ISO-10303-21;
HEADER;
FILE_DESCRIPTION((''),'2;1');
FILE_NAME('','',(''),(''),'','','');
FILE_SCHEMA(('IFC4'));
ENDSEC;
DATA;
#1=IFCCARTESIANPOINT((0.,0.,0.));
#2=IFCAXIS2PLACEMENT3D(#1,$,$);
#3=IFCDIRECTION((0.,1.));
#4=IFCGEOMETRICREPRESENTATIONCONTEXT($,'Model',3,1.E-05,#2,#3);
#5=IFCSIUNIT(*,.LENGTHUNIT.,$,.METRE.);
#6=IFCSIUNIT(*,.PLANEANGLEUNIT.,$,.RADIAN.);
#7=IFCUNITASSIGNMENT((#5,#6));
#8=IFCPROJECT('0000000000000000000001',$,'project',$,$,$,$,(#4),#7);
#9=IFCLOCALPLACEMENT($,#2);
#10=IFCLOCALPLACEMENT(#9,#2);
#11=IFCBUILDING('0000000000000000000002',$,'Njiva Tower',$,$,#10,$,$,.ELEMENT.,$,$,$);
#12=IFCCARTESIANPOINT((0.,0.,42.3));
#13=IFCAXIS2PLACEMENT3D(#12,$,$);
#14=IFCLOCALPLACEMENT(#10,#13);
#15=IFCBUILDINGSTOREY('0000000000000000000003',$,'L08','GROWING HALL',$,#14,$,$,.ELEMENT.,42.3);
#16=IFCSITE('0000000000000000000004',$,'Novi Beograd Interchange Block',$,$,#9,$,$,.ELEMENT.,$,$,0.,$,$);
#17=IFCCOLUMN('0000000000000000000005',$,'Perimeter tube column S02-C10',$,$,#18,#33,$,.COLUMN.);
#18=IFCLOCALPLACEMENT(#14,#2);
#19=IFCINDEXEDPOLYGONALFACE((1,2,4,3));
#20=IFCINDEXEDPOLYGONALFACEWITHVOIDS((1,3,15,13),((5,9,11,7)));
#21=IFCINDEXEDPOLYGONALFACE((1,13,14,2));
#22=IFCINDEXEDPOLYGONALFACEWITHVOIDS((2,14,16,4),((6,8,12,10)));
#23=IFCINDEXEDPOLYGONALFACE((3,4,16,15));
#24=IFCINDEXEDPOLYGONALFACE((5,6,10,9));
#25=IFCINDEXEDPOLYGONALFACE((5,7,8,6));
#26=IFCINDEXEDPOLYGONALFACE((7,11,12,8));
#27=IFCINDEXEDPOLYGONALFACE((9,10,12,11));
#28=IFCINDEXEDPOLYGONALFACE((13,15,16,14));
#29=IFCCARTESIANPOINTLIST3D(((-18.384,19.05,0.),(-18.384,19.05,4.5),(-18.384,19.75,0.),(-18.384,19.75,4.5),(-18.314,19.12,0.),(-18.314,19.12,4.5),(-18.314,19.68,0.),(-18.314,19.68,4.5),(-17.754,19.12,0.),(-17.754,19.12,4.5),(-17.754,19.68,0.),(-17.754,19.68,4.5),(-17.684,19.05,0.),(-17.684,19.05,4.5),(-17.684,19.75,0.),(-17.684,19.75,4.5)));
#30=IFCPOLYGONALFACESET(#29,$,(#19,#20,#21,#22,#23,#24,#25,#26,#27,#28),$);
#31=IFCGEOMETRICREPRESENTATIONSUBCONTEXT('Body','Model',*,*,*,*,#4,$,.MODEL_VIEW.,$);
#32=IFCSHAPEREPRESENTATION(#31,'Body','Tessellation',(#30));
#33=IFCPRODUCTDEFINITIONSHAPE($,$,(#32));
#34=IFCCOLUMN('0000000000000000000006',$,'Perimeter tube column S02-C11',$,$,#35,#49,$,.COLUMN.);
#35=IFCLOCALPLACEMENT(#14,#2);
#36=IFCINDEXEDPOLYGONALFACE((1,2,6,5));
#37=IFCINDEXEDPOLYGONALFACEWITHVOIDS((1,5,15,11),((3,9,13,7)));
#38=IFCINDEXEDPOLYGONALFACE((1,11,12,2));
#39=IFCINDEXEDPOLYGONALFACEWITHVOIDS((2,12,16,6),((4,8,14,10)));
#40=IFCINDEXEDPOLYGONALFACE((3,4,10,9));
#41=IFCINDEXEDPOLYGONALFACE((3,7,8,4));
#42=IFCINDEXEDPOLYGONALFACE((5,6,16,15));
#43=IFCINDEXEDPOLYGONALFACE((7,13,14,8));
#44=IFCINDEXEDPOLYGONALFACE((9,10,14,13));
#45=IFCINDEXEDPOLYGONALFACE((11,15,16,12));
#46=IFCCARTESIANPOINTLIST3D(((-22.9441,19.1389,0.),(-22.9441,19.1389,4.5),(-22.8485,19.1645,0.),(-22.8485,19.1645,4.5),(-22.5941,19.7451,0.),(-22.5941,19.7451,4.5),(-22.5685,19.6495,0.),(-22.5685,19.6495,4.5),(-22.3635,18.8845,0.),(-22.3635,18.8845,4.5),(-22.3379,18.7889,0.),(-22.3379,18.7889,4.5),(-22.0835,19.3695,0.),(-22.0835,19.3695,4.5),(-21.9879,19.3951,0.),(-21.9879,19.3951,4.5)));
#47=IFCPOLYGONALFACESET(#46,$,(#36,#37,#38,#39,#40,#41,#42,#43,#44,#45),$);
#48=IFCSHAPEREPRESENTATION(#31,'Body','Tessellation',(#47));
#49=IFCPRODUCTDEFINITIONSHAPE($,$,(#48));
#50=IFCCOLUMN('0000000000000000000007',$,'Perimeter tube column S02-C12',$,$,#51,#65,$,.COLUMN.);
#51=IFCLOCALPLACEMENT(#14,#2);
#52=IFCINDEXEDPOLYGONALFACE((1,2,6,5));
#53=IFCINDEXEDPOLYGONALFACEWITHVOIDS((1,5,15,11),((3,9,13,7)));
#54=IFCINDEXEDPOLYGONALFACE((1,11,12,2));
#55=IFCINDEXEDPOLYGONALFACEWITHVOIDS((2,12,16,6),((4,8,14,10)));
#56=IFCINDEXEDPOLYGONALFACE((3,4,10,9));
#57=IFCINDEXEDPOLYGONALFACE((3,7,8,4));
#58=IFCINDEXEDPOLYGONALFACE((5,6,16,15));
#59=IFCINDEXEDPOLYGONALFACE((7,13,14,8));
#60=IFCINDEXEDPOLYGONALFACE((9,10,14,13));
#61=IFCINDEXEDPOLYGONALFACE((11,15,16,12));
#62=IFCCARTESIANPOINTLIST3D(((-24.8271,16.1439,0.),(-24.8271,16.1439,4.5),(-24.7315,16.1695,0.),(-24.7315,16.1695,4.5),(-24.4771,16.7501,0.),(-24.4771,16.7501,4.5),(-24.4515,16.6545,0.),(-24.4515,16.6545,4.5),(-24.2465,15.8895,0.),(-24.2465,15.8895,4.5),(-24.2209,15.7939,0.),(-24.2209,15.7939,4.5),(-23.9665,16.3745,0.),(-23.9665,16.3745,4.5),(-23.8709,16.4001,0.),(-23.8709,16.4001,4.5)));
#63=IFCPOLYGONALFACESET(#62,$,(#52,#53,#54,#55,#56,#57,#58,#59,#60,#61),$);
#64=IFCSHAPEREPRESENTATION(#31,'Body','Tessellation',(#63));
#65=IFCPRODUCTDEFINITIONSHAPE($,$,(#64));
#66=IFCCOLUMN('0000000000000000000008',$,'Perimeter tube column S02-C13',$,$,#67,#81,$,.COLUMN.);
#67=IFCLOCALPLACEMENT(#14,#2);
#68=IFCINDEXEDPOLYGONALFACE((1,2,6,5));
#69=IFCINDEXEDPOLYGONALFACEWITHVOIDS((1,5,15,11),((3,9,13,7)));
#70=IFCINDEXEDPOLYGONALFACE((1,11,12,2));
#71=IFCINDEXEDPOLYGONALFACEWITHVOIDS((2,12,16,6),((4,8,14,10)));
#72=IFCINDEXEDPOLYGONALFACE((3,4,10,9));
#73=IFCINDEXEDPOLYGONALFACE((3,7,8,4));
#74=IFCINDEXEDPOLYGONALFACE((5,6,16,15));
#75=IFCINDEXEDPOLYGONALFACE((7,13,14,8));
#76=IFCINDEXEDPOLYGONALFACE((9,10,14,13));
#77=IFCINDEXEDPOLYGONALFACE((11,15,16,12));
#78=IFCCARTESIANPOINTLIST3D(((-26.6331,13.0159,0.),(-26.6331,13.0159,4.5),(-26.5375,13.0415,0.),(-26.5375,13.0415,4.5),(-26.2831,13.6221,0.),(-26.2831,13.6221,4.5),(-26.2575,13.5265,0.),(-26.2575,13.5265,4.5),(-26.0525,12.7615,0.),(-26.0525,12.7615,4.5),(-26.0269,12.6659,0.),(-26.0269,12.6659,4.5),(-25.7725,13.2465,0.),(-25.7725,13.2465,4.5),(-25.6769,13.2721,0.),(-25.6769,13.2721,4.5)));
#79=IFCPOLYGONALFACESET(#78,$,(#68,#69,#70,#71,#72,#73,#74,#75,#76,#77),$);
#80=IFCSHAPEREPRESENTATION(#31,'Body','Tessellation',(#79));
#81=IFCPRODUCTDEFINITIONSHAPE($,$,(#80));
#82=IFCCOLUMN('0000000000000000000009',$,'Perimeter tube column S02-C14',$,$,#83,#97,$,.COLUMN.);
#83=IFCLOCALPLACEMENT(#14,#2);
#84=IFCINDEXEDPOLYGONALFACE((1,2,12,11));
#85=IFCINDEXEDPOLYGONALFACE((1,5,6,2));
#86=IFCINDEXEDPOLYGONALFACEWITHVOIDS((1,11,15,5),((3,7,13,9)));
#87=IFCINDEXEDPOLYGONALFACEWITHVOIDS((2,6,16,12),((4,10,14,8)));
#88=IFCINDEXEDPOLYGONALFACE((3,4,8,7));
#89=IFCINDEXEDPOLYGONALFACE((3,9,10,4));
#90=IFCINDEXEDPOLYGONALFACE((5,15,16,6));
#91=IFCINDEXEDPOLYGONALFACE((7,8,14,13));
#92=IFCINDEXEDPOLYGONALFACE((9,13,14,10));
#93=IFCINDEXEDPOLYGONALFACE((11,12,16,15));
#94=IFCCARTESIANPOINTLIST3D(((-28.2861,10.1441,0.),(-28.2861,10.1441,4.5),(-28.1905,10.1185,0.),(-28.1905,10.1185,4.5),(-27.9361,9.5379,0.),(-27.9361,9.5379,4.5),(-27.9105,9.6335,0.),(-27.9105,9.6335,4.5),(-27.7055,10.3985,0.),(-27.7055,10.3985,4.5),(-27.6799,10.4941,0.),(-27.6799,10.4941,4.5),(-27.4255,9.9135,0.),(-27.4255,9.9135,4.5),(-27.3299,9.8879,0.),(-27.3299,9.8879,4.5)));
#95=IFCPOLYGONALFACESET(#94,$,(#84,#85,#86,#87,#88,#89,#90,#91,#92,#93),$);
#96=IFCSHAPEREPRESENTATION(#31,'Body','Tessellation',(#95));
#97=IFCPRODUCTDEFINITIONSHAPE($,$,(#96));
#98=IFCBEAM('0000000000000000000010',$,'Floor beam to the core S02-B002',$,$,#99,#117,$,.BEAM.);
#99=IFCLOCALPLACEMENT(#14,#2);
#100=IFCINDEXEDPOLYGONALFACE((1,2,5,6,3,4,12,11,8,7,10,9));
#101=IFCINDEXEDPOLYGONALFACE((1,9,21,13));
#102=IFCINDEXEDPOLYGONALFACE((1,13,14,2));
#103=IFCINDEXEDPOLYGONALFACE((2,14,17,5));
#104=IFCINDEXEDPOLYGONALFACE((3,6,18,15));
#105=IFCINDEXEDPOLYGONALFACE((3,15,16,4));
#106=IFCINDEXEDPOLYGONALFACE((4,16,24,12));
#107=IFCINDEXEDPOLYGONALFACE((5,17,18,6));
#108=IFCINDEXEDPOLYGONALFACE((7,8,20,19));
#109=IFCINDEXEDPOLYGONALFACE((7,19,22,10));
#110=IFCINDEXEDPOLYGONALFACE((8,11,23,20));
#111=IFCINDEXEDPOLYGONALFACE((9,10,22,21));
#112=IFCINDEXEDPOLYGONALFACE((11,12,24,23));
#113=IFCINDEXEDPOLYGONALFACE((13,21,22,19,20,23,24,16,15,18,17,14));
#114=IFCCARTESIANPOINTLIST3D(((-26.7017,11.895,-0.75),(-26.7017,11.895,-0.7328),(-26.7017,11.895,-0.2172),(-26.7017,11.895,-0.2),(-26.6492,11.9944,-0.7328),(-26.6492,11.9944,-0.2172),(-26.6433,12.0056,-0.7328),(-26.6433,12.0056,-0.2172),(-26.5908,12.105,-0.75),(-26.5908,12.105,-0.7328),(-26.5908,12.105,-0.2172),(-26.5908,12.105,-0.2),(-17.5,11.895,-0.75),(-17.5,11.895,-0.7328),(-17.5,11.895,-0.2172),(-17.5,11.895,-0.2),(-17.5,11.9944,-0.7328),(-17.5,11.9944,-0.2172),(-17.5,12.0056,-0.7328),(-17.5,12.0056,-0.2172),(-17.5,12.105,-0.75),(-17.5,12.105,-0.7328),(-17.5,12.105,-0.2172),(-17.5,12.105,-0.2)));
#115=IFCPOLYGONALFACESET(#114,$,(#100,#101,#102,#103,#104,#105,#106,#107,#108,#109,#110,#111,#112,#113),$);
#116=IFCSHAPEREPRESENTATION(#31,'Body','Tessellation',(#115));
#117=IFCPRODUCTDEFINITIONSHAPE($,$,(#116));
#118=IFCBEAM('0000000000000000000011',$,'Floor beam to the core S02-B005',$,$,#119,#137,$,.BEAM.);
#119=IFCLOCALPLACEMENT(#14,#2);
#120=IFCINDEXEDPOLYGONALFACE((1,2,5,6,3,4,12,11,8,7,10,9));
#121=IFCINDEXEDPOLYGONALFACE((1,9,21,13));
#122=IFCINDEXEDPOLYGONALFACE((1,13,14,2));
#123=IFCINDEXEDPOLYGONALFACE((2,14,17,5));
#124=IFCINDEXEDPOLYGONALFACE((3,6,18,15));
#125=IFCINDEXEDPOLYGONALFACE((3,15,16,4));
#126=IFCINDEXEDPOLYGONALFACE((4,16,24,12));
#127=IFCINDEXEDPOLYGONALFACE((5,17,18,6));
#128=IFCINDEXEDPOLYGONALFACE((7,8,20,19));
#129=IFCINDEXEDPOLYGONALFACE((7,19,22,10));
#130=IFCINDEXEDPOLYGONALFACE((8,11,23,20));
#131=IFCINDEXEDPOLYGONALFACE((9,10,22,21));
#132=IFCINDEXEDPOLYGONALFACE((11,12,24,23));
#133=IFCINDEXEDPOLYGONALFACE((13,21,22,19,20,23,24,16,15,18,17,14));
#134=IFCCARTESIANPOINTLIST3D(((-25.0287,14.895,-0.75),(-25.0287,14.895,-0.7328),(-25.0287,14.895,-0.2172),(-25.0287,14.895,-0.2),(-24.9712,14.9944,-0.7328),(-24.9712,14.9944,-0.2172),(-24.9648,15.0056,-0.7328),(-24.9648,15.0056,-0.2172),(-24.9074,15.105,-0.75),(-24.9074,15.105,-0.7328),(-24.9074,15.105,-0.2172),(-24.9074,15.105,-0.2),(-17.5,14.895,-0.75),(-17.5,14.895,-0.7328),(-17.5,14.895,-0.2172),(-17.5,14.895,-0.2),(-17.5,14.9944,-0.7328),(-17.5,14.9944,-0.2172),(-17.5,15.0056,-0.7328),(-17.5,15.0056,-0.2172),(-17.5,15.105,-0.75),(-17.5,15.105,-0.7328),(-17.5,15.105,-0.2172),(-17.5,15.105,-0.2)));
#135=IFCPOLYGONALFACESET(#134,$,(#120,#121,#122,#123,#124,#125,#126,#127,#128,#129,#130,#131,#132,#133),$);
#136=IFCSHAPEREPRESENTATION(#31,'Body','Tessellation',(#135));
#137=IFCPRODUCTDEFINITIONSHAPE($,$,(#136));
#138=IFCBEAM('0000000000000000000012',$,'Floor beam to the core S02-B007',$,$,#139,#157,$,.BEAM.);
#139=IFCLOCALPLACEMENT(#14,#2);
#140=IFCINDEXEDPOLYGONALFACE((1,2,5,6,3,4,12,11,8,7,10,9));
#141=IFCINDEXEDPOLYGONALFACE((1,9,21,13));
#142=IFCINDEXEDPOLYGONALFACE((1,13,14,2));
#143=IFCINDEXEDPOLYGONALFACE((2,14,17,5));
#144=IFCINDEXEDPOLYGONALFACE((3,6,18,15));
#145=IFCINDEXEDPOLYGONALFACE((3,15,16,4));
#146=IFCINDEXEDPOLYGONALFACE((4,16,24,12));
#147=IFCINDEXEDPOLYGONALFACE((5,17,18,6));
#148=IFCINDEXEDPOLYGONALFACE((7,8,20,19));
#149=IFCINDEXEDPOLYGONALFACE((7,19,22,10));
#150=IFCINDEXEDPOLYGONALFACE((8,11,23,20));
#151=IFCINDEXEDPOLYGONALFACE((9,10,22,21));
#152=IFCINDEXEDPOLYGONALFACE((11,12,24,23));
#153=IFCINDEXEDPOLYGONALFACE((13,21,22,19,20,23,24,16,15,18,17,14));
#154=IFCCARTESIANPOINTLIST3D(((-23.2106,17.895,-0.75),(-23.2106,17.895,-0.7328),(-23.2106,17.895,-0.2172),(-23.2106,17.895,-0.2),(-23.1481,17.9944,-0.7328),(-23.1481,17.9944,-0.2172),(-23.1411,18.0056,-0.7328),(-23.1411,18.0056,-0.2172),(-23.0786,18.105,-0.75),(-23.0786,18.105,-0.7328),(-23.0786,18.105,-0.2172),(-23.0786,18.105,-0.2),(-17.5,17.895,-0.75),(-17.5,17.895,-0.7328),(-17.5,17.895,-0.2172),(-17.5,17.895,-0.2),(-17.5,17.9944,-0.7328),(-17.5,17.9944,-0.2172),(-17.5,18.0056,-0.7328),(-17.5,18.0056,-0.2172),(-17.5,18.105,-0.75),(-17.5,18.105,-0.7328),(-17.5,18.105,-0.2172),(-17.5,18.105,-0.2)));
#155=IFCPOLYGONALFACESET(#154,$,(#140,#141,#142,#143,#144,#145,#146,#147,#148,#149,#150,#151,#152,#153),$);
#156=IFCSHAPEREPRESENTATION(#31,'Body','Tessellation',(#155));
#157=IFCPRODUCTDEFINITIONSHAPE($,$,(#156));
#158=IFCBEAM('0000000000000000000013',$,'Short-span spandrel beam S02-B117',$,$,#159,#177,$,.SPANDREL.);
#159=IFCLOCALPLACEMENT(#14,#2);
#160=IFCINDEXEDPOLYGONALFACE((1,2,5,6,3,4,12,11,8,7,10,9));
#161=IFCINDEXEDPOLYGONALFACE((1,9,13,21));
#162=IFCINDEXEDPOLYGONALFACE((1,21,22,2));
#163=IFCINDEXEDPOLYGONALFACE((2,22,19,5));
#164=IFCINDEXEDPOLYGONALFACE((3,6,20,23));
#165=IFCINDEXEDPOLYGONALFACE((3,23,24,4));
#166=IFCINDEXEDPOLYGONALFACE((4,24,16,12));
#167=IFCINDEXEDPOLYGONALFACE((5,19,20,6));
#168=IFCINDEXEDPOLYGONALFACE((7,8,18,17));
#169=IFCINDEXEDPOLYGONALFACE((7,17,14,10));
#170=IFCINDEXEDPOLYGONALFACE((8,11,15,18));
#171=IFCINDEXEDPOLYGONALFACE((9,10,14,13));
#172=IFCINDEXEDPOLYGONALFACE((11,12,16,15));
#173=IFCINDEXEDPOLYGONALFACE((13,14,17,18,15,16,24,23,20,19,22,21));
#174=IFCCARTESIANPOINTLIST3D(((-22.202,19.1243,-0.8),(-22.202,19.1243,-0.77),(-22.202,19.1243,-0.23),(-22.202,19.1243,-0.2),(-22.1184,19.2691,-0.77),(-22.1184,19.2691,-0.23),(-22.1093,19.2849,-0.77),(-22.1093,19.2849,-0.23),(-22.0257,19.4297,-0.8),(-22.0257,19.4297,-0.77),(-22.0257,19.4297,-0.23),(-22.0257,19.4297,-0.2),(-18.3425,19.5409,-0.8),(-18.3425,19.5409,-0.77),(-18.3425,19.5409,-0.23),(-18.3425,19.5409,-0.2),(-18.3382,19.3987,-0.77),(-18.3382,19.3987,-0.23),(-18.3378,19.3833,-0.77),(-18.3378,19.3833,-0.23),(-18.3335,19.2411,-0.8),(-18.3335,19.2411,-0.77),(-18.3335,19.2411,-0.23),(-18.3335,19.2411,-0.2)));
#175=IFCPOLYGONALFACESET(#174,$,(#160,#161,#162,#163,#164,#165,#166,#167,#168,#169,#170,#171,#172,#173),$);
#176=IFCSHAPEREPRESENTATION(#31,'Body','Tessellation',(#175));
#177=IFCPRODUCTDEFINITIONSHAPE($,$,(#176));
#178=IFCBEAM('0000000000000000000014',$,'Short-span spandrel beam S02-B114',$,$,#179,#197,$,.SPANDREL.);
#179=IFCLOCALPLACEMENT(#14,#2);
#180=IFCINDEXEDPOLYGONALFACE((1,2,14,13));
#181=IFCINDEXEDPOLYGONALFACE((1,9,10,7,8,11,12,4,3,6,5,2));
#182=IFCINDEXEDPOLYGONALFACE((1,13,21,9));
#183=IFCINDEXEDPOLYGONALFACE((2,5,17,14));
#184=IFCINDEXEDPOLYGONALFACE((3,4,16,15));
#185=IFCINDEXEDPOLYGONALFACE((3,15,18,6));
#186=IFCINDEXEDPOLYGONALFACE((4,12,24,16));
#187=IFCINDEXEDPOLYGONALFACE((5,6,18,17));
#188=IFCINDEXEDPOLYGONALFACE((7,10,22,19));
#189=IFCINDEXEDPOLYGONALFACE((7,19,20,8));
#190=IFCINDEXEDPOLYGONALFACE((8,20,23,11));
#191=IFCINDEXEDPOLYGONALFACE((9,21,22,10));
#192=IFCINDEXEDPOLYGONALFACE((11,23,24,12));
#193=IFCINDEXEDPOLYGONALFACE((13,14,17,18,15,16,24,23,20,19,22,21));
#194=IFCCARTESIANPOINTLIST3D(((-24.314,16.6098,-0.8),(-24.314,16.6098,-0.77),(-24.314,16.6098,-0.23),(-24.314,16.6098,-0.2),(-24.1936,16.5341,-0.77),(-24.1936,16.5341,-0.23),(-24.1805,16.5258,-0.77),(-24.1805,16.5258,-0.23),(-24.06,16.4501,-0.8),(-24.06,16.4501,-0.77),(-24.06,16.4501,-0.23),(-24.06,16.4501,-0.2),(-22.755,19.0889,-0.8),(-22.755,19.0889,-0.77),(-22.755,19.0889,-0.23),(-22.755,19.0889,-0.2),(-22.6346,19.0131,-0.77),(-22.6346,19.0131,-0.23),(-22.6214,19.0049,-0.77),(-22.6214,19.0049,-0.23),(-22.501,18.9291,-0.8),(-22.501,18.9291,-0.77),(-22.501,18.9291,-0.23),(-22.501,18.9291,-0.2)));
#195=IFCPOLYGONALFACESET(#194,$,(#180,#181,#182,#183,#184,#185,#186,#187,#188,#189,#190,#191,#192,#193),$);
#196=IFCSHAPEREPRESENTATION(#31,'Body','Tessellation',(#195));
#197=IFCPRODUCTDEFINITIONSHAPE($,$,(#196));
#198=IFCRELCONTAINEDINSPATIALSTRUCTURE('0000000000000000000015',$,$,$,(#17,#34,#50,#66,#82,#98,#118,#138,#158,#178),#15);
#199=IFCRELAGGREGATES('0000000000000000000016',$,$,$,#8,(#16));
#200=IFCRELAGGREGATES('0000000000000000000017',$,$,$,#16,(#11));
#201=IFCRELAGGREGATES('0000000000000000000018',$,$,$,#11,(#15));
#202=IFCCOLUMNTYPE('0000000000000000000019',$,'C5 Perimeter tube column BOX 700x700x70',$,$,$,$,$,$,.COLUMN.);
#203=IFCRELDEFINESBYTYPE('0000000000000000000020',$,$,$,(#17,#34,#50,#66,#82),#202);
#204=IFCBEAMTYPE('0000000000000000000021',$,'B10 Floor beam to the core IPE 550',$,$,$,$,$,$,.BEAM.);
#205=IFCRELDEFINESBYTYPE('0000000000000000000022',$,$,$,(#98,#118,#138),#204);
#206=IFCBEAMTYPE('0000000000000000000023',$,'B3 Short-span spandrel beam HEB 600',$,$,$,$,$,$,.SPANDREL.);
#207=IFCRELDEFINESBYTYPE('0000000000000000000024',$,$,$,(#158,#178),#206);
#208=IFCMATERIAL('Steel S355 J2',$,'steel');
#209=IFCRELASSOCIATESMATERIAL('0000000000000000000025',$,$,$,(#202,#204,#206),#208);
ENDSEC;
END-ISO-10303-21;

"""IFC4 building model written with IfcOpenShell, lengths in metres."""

from ifc_helpers import new_model, si_unit, direction, frame, origin, origin_2d, place, context, subcontext, project, spatial, hollow_rectangle, i_section, extrude, clip, halfspace, material, material_profile, profile_set, type_object, element, save


model = new_model("IFC4")

# Units and contexts
model_context = context("Model", 3, precision=1e-05, world=origin(), true_north=direction((0.0, 1.0)))
body_context = subcontext(model_context, "Body", "Model", "MODEL_VIEW")
ifc_project = project(units=[si_unit("LENGTHUNIT", "METRE"), si_unit("PLANEANGLEUNIT", "RADIAN")], contexts=[model_context])

# Site, building, storey
site_placement = place(None, origin())
site = spatial("IfcSite", under=ifc_project, at=site_placement, Name="Novi Beograd Interchange Block", CompositionType="ELEMENT", RefElevation=0.0)
building_placement = place(site_placement, origin())
building = spatial("IfcBuilding", under=site, at=building_placement, Name="Njiva Tower", CompositionType="ELEMENT")
storey_placement = place(building_placement, frame((0.0, 0.0, 42.3)))
storey = spatial("IfcBuildingStorey", under=building, at=storey_placement, Name="L08", Description="GROWING HALL", CompositionType="ELEMENT", Elevation=42.3)

# Columns
ifc_material_1 = material(Name="Steel S355 J2", Category="steel")
ifc_material_profile_1 = material_profile(ifc_material_1, hollow_rectangle(XDim=0.7, YDim=0.7, WallThickness=0.07, at=origin_2d()), Name="BOX 700x700x70")
ifc_profile_set_1 = profile_set([ifc_material_profile_1], Name="Steel S355 J2")
column_type = type_object("IfcColumnType", Name="C5 Perimeter tube column BOX 700x700x70", PredefinedType="COLUMN", material=ifc_profile_set_1)
for number, where, z_axis, x_axis, name in (
    (1, (-18.034, 19.4, 0.0), (0.0, 0.0, 1.0), (-1.0, 0.0, 0.0), "Perimeter tube column S02-C10"),
    (2, (-22.466, 19.267, 0.0), (0.0, 0.0, 1.0), (-0.5, -0.866025, 0.0), "Perimeter tube column S02-C11"),
    (3, (-24.349, 16.272, 0.0), (0.0, 0.0, 1.0), (-0.5, -0.866025, 0.0), "Perimeter tube column S02-C12"),
    (4, (-26.155, 13.144, 0.0), (0.0, 0.0, 1.0), (-0.5, -0.866025, 0.0), "Perimeter tube column S02-C13"),
    (5, (-27.808, 10.016, 0.0), (0.0, 0.0, 1.0), (0.5, -0.866025, 0.0), "Perimeter tube column S02-C14"),
):
    element("IfcColumn", number, at=place(storey_placement, frame(where, z_axis=z_axis, x_axis=x_axis)), inside=storey, type_object=column_type, Name=name, PredefinedType="COLUMN", context=body_context, shape_type="SweptSolid", body=[
        extrude(hollow_rectangle(XDim=0.7, YDim=0.7, WallThickness=0.07, at=origin_2d()), origin(), (0.0, 0.0, 1.0), 4.5),
    ])

# Beams
ifc_material_profile_2 = material_profile(ifc_material_1, i_section(OverallWidth=0.21, OverallDepth=0.55, WebThickness=0.0111, FlangeThickness=0.0172, at=origin_2d()), Name="IPE 550")
ifc_profile_set_2 = profile_set([ifc_material_profile_2], Name="Steel S355 J2")
beam_type_1 = type_object("IfcBeamType", Name="B10 Floor beam to the core IPE 550", PredefinedType="BEAM", material=ifc_profile_set_2)
beam_1_placement = place(storey_placement, frame((-26.721, 12.0, -0.475), z_axis=(1.0, 0.0, 0.0), x_axis=(0.0, 1.0, 0.0)))
element("IfcBeam", 6, at=beam_1_placement, inside=storey, type_object=beam_type_1, Name="Floor beam to the core S02-B002", PredefinedType="BEAM", context=body_context, shape_type="Clipping", body=[
    clip(extrude(i_section(OverallWidth=0.21, OverallDepth=0.55, WebThickness=0.0111, FlangeThickness=0.0172, at=origin_2d()), origin(), (0.0, 0.0, 1.0), 9.221), halfspace(frame((0.0234, 0.0, 0.0871), z_axis=(0.467062, 0.0, -0.884224), x_axis=(0.0, -1.0, 0.0)), False)),
])
beam_2_placement = place(storey_placement, frame((-25.049, 15.0, -0.475), z_axis=(1.0, 0.0, 0.0), x_axis=(0.0, 1.0, 0.0)))
element("IfcBeam", 7, at=beam_2_placement, inside=storey, type_object=beam_type_1, Name="Floor beam to the core S02-B005", PredefinedType="BEAM", context=body_context, shape_type="Clipping", body=[
    clip(extrude(i_section(OverallWidth=0.21, OverallDepth=0.55, WebThickness=0.0111, FlangeThickness=0.0172, at=origin_2d()), origin(), (0.0, 0.0, 1.0), 7.549), halfspace(frame((0.025, 0.0, 0.0954), z_axis=(0.499998, 0.0, -0.866027), x_axis=(0.0, -1.0, 0.0)), False)),
])
beam_3_placement = place(storey_placement, frame((-23.231, 18.0, -0.475), z_axis=(1.0, 0.0, 0.0), x_axis=(0.0, 1.0, 0.0)))
element("IfcBeam", 8, at=beam_3_placement, inside=storey, type_object=beam_type_1, Name="Floor beam to the core S02-B007", PredefinedType="BEAM", context=body_context, shape_type="Clipping", body=[
    clip(extrude(i_section(OverallWidth=0.21, OverallDepth=0.55, WebThickness=0.0111, FlangeThickness=0.0172, at=origin_2d()), origin(), (0.0, 0.0, 1.0), 5.731), halfspace(frame((0.0266, 0.0, 0.1031), z_axis=(0.53223, 0.0, -0.8466), x_axis=(0.0, -1.0, 0.0)), False)),
])
ifc_material_profile_3 = material_profile(ifc_material_1, i_section(OverallWidth=0.3, OverallDepth=0.6, WebThickness=0.0155, FlangeThickness=0.03, at=origin_2d()), Name="HEB 600")
ifc_profile_set_3 = profile_set([ifc_material_profile_3], Name="Steel S355 J2")
beam_type_2 = type_object("IfcBeamType", Name="B3 Short-span spandrel beam HEB 600", PredefinedType="SPANDREL", material=ifc_profile_set_3)
beam_4_placement = place(storey_placement, frame((-18.338, 19.391, -0.5), z_axis=(-0.999545, -0.030177, 0.0), x_axis=(0.030177, -0.999545, 0.0)))
element("IfcBeam", 9, at=beam_4_placement, inside=storey, type_object=beam_type_2, Name="Short-span spandrel beam S02-B117", PredefinedType="SPANDREL", context=body_context, shape_type="Clipping", body=[
    clip(extrude(i_section(OverallWidth=0.3, OverallDepth=0.6, WebThickness=0.0155, FlangeThickness=0.03, at=origin_2d()), origin(), (0.0, 0.0, 1.0), 3.8907), halfspace(frame((-0.0268, 0.0, 3.761), z_axis=(-0.525904, 0.0, 0.850544), x_axis=(0.0, 1.0, 0.0)), False)),
])
beam_5_placement = place(storey_placement, frame((-22.628, 19.009, -0.5), z_axis=(-0.53236, -0.846518, 0.0), x_axis=(0.846518, -0.53236, 0.0)))
element("IfcBeam", 10, at=beam_5_placement, inside=storey, type_object=beam_type_2, Name="Short-span spandrel beam S02-B114", PredefinedType="SPANDREL", context=body_context, shape_type="SweptSolid", body=[
    extrude(i_section(OverallWidth=0.3, OverallDepth=0.6, WebThickness=0.0155, FlangeThickness=0.03, at=origin_2d()), origin(), (0.0, 0.0, 1.0), 2.9285),
])

save(model, "model.ifc")
